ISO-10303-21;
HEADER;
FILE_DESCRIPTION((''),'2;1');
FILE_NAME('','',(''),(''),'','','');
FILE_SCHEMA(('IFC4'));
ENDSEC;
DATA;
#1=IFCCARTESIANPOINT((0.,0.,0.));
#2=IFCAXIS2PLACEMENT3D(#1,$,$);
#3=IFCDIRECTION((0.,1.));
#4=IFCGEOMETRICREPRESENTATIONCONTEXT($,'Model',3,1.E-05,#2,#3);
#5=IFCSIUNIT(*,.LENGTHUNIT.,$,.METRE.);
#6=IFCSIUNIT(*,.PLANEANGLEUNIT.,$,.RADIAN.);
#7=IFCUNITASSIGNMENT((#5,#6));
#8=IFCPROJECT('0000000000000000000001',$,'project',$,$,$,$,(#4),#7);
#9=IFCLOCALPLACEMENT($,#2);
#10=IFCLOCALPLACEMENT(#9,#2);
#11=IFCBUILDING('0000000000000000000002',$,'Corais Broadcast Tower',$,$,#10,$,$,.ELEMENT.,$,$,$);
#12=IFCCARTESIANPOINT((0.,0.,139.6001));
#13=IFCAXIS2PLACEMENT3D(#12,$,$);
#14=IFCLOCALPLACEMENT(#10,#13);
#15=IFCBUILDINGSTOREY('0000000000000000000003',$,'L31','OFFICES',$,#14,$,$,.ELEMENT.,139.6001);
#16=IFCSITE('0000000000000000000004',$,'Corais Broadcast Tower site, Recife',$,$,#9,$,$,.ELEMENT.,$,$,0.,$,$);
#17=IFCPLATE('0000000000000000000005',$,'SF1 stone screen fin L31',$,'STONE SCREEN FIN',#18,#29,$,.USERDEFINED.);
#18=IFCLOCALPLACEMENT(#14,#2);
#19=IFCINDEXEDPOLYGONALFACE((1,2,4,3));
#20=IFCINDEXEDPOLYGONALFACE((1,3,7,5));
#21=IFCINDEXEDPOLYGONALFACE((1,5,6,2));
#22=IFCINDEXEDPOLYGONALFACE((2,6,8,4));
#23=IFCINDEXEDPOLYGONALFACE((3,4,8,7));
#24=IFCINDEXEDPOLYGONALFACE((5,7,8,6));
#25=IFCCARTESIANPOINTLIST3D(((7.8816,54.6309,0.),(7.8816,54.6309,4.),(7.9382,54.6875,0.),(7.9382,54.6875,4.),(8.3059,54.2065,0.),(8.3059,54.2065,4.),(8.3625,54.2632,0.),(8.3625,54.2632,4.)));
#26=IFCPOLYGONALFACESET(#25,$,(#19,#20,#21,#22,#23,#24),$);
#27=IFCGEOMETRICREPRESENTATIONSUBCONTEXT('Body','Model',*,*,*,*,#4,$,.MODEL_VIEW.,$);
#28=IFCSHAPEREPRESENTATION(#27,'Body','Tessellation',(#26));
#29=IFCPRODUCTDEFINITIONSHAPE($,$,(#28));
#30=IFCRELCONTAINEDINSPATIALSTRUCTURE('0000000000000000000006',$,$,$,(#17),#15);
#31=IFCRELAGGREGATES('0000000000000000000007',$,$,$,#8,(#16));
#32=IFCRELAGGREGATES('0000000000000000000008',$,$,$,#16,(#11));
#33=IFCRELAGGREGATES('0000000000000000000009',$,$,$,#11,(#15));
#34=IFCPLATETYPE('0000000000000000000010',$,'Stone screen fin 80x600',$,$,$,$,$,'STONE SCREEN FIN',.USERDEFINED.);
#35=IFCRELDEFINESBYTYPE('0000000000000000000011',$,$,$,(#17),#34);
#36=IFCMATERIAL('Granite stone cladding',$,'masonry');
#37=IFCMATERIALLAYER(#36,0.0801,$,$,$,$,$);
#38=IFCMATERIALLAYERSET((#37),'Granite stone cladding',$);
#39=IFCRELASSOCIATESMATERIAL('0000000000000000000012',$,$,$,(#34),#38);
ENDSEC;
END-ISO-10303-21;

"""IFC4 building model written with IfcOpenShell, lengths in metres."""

from ifc_helpers import new_model, si_unit, direction, frame, origin, origin_2d, place, context, subcontext, project, spatial, rectangle, extrude, material, layer, layer_set, type_object, element, save


model = new_model("IFC4")

# Units and contexts
model_context = context("Model", 3, precision=1e-05, world=origin(), true_north=direction((0.0, 1.0)))
body_context = subcontext(model_context, "Body", "Model", "MODEL_VIEW")
ifc_project = project(units=[si_unit("LENGTHUNIT", "METRE"), si_unit("PLANEANGLEUNIT", "RADIAN")], contexts=[model_context])

# Site, building, storey
site_placement = place(None, origin())
site = spatial("IfcSite", under=ifc_project, at=site_placement, Name="Corais Broadcast Tower site, Recife", CompositionType="ELEMENT", RefElevation=0.0)
building_placement = place(site_placement, origin())
building = spatial("IfcBuilding", under=site, at=building_placement, Name="Corais Broadcast Tower", CompositionType="ELEMENT")
storey_placement = place(building_placement, frame((0.0, 0.0, 139.6001)))
storey = spatial("IfcBuildingStorey", under=building, at=storey_placement, Name="L31", Description="OFFICES", CompositionType="ELEMENT", Elevation=139.6001)

# Plate
ifc_material_1 = material(Name="Granite stone cladding", Category="masonry")
ifc_layer_1 = layer(ifc_material_1, 0.0801)
ifc_layer_set_1 = layer_set([ifc_layer_1], Name="Granite stone cladding")
plate_type_1 = type_object("IfcPlateType", Name="Stone screen fin 80x600", ElementType="STONE SCREEN FIN", PredefinedType="USERDEFINED", material=ifc_layer_set_1)
for number, where, z_axis, x_axis, name in (
    (1, (8.1221, 54.447, 0.0), (0.0, 0.0, 1.0), (0.707107, 0.707107, 0.0), "SF1 stone screen fin L31"),
):
    element("IfcPlate", number, at=place(storey_placement, frame(where, z_axis=z_axis, x_axis=x_axis)), inside=storey, type_object=plate_type_1, Name=name, ObjectType="STONE SCREEN FIN", PredefinedType="USERDEFINED", context=body_context, shape_type="SweptSolid", body=[
        extrude(rectangle(XDim=0.0801, YDim=0.6001, at=origin_2d()), origin(), (0.0, 0.0, 1.0), 4.0),
    ])

save(model, "model.ifc")
